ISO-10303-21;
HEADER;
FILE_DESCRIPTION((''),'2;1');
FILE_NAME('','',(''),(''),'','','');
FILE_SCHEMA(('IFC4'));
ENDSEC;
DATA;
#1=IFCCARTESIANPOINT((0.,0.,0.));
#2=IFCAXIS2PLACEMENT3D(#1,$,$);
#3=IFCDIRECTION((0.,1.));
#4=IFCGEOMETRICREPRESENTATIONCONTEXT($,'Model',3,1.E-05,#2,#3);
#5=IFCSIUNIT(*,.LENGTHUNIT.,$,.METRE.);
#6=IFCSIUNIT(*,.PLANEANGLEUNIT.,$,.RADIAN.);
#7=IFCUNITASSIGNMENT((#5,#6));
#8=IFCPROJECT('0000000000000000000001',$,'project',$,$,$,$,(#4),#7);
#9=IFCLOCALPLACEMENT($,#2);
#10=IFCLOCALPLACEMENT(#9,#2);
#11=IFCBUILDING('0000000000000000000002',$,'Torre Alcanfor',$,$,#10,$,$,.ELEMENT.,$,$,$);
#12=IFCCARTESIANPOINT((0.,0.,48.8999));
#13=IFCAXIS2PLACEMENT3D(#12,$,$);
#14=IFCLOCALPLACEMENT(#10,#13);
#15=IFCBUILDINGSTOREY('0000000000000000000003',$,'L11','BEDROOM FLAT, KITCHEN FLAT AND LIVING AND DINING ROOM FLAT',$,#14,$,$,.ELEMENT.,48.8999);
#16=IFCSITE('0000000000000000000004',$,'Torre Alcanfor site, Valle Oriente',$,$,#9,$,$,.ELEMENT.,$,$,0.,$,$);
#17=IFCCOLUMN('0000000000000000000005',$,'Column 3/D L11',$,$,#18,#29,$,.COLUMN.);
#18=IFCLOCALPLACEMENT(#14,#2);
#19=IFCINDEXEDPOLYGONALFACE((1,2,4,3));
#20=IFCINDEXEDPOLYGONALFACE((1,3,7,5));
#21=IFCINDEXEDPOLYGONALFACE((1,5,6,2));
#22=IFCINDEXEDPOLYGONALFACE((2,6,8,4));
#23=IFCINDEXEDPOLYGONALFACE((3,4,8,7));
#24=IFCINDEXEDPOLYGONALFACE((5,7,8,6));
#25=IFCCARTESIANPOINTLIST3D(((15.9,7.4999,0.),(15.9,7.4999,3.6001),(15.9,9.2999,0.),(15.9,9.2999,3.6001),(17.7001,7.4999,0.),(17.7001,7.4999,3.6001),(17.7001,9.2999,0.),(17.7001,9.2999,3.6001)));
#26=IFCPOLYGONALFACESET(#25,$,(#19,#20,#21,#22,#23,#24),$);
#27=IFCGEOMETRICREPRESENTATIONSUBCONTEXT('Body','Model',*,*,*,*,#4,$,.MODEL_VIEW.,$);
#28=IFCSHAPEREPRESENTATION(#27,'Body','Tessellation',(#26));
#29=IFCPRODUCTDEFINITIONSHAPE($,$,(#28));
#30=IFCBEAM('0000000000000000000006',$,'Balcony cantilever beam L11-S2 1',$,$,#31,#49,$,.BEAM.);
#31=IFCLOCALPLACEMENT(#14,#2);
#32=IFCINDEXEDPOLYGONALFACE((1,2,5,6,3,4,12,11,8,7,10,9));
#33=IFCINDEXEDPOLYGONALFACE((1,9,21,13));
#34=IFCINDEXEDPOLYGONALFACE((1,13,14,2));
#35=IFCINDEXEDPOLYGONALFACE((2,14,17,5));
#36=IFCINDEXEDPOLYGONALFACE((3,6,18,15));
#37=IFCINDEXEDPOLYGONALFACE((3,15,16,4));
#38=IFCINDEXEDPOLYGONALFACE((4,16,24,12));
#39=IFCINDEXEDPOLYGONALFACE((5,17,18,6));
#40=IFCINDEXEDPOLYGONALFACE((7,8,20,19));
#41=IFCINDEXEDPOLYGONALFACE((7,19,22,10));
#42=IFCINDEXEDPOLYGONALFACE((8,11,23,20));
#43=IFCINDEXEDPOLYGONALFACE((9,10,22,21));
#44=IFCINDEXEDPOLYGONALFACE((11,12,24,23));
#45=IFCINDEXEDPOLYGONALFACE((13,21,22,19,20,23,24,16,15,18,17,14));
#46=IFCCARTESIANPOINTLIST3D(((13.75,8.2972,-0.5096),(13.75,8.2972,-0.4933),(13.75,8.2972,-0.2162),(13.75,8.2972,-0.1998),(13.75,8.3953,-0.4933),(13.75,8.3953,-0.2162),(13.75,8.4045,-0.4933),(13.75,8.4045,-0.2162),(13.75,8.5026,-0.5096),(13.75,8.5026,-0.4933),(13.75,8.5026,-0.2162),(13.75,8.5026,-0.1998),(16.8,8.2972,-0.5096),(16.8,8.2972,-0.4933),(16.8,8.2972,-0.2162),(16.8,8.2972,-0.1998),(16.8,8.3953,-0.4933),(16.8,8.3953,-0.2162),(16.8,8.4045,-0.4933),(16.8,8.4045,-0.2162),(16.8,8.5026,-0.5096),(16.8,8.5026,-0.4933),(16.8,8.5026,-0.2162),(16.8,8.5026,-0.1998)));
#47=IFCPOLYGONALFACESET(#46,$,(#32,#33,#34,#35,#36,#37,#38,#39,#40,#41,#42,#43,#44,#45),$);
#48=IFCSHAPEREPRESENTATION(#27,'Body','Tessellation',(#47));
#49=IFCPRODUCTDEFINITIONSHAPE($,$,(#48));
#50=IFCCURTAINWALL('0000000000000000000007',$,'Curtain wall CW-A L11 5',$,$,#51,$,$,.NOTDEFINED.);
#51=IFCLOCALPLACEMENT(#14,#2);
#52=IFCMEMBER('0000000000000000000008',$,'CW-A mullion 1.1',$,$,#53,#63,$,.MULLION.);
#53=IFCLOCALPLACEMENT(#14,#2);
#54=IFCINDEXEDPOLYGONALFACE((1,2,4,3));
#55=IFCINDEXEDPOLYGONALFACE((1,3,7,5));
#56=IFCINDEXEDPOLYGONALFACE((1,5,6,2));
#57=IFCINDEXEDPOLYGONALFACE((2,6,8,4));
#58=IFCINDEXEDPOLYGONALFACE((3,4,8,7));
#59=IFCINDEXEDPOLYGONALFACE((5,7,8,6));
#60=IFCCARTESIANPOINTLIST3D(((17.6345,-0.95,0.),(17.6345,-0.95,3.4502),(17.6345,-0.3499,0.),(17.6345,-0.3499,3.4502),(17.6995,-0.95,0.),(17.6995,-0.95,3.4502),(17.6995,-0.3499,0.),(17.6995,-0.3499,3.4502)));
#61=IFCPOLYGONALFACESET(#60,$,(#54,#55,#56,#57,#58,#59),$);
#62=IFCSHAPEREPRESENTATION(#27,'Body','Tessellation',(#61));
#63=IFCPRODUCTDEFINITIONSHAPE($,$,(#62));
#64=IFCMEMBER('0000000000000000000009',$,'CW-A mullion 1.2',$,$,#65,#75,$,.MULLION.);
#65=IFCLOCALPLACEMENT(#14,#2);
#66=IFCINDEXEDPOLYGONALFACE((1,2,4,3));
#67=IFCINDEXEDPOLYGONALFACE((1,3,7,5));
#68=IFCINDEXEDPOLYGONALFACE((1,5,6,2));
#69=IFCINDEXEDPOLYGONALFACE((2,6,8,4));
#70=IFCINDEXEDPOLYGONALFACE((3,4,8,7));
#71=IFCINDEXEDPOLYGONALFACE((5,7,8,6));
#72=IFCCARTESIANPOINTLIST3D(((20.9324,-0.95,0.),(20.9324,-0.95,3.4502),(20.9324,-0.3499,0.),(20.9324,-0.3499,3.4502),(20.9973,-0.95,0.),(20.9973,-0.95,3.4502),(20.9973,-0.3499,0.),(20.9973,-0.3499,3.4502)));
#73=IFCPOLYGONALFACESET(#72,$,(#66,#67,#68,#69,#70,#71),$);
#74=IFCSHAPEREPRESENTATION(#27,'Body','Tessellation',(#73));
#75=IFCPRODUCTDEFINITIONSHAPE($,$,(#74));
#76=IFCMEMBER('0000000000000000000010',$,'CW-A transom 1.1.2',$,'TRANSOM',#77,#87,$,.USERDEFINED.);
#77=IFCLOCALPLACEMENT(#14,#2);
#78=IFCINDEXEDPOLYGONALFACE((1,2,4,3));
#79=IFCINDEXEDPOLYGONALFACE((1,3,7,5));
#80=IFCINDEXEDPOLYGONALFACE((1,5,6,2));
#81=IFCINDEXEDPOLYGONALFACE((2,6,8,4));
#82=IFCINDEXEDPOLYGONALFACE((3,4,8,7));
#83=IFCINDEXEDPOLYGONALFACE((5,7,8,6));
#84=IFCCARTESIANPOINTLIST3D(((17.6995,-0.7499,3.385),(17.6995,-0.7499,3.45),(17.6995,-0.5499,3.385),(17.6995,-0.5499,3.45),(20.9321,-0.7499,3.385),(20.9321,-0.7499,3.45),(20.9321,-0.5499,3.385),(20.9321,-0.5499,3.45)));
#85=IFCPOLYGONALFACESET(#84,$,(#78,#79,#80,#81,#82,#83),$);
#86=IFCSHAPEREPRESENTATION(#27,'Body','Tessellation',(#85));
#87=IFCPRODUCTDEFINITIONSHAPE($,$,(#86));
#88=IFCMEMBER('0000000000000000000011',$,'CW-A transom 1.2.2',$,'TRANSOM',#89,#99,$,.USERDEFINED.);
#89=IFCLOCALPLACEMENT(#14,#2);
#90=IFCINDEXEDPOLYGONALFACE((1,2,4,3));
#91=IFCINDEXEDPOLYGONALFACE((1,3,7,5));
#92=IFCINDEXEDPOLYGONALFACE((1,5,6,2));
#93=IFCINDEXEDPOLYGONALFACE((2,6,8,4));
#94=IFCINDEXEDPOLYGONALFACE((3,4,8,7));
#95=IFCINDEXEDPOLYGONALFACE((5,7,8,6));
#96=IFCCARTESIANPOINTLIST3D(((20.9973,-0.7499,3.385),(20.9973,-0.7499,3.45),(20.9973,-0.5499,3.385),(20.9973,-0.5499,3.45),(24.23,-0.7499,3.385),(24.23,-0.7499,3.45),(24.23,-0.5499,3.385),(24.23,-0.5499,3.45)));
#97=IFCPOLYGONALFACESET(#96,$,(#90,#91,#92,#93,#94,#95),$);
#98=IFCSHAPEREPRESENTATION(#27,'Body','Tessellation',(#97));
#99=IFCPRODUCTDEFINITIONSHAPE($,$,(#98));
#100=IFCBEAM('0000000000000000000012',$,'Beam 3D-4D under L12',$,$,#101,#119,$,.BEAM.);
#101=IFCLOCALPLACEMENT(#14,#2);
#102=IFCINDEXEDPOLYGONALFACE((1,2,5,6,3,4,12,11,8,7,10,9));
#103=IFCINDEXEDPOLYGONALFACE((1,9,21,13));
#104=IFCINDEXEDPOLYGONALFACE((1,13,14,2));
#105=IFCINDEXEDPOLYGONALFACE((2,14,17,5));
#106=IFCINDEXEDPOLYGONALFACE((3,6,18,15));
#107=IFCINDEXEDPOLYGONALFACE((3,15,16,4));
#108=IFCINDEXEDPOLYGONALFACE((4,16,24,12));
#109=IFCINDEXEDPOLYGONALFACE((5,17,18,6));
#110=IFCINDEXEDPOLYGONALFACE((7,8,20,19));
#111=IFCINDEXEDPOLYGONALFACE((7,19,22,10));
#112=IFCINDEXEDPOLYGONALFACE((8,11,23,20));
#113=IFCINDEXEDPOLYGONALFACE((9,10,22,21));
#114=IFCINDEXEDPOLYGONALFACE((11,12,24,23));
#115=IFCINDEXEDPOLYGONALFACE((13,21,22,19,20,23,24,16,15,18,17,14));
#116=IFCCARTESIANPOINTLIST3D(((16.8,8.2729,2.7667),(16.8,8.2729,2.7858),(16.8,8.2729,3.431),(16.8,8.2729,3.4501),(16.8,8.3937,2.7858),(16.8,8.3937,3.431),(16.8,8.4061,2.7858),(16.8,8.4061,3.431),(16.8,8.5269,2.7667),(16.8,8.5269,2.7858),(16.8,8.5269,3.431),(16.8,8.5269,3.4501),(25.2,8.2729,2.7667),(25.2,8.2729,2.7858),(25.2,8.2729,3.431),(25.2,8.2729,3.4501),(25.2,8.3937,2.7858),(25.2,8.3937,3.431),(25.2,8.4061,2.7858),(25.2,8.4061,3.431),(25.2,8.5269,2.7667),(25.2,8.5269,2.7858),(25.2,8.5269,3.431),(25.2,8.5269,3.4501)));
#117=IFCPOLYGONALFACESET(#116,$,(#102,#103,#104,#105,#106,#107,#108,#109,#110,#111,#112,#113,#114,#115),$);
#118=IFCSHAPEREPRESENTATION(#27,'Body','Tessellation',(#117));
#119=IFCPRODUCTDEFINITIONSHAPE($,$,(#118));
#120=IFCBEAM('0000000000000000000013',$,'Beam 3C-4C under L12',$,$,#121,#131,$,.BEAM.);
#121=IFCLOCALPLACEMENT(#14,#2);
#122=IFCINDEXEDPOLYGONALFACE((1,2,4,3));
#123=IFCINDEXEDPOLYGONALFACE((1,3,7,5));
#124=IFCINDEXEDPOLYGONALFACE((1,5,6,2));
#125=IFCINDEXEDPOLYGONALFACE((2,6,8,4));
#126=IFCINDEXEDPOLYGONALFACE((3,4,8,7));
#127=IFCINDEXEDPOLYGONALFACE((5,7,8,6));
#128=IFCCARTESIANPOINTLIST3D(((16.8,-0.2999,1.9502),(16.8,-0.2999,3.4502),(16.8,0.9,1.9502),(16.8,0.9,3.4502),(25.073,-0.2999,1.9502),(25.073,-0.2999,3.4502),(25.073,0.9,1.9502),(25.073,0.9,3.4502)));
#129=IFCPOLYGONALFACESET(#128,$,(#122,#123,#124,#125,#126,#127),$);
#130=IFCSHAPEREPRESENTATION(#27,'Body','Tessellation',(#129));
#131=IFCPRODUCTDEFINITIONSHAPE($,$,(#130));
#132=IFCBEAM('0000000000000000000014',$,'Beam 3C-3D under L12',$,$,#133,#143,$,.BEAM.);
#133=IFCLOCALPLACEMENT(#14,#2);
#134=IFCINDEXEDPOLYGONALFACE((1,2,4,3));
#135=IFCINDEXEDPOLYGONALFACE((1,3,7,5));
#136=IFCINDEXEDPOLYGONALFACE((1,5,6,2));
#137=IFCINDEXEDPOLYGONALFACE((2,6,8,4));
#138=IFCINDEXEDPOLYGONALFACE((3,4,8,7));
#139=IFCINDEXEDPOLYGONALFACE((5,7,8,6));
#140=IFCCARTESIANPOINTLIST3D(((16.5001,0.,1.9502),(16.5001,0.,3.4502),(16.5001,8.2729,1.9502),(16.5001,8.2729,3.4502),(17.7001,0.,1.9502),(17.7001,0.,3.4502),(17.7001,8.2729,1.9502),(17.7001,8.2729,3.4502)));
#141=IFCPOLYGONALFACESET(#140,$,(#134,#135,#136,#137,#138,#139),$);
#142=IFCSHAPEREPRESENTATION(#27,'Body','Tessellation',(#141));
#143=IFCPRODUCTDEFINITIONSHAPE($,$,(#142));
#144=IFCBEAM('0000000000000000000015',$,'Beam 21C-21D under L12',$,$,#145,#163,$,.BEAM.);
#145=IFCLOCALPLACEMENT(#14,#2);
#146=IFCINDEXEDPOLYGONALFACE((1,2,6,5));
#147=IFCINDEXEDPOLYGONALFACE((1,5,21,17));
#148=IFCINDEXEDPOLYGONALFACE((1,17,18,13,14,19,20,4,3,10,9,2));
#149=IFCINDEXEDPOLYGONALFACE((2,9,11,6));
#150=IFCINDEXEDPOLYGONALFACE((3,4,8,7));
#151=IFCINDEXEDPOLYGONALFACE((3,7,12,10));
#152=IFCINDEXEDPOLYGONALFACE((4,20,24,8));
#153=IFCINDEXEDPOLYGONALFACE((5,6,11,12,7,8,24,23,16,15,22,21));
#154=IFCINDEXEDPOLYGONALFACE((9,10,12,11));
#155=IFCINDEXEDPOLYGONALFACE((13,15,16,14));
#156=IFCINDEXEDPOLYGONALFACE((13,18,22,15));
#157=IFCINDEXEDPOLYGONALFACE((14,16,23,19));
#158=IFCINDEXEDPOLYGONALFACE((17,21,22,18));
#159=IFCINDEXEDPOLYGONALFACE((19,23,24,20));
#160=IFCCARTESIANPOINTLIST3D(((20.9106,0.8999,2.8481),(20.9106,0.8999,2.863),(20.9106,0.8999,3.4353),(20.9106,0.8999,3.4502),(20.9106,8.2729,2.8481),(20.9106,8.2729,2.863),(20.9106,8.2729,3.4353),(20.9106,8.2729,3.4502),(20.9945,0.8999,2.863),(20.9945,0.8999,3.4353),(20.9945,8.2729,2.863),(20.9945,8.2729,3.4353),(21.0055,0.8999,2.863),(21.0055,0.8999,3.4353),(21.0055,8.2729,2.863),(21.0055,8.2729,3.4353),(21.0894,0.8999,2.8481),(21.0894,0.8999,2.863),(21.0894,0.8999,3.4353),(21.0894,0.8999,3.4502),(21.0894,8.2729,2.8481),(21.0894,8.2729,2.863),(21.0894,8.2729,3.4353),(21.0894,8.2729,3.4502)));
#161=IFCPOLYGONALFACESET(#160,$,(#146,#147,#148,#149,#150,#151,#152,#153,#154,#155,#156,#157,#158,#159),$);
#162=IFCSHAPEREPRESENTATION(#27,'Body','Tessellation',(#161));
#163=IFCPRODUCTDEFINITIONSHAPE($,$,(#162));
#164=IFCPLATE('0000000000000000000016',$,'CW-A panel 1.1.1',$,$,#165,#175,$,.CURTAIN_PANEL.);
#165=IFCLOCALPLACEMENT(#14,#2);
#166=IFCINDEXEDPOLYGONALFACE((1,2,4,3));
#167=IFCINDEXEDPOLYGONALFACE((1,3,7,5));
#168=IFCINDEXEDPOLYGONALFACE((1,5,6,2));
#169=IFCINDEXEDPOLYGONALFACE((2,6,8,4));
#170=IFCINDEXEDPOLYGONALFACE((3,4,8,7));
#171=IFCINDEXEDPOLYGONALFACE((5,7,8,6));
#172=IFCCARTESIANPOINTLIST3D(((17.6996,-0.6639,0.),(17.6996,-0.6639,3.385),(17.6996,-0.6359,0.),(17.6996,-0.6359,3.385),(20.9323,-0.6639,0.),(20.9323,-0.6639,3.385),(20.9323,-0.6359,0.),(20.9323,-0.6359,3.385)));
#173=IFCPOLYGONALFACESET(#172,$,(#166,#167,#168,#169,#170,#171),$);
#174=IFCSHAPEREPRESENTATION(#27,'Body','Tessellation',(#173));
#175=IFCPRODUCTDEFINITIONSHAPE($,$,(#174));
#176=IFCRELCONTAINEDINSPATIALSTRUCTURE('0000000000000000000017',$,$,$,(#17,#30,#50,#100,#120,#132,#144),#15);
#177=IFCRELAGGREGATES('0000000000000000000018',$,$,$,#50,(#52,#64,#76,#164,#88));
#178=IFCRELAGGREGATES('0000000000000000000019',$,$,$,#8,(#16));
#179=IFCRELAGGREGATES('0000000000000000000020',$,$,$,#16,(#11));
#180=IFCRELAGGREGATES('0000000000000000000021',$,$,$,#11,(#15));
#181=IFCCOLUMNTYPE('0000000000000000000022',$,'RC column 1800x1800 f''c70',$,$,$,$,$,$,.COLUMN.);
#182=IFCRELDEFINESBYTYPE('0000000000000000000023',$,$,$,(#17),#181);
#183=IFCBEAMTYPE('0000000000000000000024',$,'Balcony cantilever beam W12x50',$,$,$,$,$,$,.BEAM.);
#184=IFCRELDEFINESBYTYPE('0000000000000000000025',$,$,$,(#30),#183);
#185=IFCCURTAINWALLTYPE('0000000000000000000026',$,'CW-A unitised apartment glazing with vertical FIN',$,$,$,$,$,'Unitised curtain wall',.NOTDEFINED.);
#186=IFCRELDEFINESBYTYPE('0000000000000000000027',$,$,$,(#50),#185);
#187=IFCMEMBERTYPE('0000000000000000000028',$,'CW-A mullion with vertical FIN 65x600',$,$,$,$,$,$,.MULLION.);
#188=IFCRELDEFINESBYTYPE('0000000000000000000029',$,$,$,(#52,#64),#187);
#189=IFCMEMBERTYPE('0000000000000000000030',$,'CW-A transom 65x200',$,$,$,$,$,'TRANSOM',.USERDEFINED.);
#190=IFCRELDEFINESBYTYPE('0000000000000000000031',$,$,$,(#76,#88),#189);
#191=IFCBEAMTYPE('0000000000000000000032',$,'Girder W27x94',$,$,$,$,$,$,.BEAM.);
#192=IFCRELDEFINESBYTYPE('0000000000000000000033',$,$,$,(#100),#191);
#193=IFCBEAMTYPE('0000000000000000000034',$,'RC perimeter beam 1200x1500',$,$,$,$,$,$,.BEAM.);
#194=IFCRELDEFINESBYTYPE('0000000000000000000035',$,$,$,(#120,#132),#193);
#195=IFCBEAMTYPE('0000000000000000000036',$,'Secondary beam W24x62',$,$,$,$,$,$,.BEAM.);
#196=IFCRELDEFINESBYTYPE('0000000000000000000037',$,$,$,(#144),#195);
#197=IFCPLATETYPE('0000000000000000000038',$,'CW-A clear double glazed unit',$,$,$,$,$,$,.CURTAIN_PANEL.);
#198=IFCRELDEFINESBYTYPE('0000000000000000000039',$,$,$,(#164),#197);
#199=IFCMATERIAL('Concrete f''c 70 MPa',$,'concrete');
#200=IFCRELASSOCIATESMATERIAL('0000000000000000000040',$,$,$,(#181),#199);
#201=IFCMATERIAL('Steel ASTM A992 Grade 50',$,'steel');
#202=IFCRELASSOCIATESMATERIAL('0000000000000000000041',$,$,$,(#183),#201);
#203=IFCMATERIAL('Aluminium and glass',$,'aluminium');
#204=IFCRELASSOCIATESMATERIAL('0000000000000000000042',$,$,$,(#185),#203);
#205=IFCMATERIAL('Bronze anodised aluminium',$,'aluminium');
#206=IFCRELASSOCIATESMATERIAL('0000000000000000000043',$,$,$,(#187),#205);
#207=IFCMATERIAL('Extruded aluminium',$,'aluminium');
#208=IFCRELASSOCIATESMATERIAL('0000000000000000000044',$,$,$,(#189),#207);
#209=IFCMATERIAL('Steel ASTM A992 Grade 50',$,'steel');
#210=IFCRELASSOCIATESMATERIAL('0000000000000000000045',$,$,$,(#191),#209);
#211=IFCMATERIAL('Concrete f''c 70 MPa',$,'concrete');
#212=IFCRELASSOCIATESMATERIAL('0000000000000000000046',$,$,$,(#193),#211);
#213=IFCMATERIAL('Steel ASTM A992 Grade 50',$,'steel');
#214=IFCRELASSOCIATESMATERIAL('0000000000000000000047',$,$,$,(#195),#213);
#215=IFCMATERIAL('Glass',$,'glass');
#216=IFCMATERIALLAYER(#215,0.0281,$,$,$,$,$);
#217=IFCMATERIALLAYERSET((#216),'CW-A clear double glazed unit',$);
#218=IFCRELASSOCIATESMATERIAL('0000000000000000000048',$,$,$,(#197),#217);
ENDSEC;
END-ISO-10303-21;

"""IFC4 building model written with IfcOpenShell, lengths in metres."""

from ifc_helpers import new_model, si_unit, direction, frame, origin, origin_2d, place, context, subcontext, project, spatial, rectangle, i_section, extrude, material, layer, layer_set, material_profile, profile_set, type_object, element, aggregate, save


model = new_model("IFC4")

# Units and contexts
model_context = context("Model", 3, precision=1e-05, world=origin(), true_north=direction((0.0, 1.0)))
body_context = subcontext(model_context, "Body", "Model", "MODEL_VIEW")
ifc_project = project(units=[si_unit("LENGTHUNIT", "METRE"), si_unit("PLANEANGLEUNIT", "RADIAN")], contexts=[model_context])

# Site, building, storey
site_placement = place(None, origin())
site = spatial("IfcSite", under=ifc_project, at=site_placement, Name="Torre Alcanfor site, Valle Oriente", CompositionType="ELEMENT", RefElevation=0.0)
building_placement = place(site_placement, origin())
building = spatial("IfcBuilding", under=site, at=building_placement, Name="Torre Alcanfor", CompositionType="ELEMENT")
storey_placement = place(building_placement, frame((0.0, 0.0, 48.8999)))
storey = spatial("IfcBuildingStorey", under=building, at=storey_placement, Name="L11", Description="BEDROOM FLAT, KITCHEN FLAT AND LIVING AND DINING ROOM FLAT", CompositionType="ELEMENT", Elevation=48.8999)

# Column
ifc_material_1 = material(Name="Concrete f'c 70 MPa", Category="concrete")
ifc_material_profile_1 = material_profile(ifc_material_1, rectangle(XDim=1.8, YDim=1.8, at=origin_2d()), Name="1800x1800")
ifc_profile_set_1 = profile_set([ifc_material_profile_1], Name="Concrete f'c 70 MPa")
column_type = type_object("IfcColumnType", Name="RC column 1800x1800 f'c70", PredefinedType="COLUMN", material=ifc_profile_set_1)
column_placement = place(storey_placement, frame((16.8, 8.3999, 0.0), z_axis=(0.0, 0.0, 1.0), x_axis=(1.0, 0.0, 0.0)))
element("IfcColumn", 1, at=column_placement, inside=storey, type_object=column_type, Name="Column 3/D L11", PredefinedType="COLUMN", context=body_context, shape_type="SweptSolid", body=[
    extrude(rectangle(XDim=1.8, YDim=1.8, at=origin_2d()), origin(), (0.0, 0.0, 1.0), 3.6001),
])

# Beam
ifc_material_2 = material(Name="Steel ASTM A992 Grade 50", Category="steel")
ifc_material_profile_2 = material_profile(ifc_material_2, i_section(OverallWidth=0.2053, OverallDepth=0.3098, WebThickness=0.0093, FlangeThickness=0.0164, at=origin_2d()), Name="W12x50")
ifc_profile_set_2 = profile_set([ifc_material_profile_2], Name="Steel ASTM A992 Grade 50")
beam_type_1 = type_object("IfcBeamType", Name="Balcony cantilever beam W12x50", PredefinedType="BEAM", material=ifc_profile_set_2)
beam_1_placement = place(storey_placement, frame((16.8, 8.3999, -0.3547), z_axis=(-1.0, 0.0, 0.0), x_axis=(0.0, -1.0, 0.0)))
element("IfcBeam", 2, at=beam_1_placement, inside=storey, type_object=beam_type_1, Name="Balcony cantilever beam L11-S2 1", PredefinedType="BEAM", context=body_context, shape_type="SweptSolid", body=[
    extrude(i_section(OverallWidth=0.2053, OverallDepth=0.3098, WebThickness=0.0093, FlangeThickness=0.0164, at=origin_2d()), origin(), (0.0, 0.0, 1.0), 3.05),
])

# Curtain wall, members
ifc_material_3 = material(Name="Aluminium and glass", Category="aluminium")
curtain_wall_type = type_object("IfcCurtainWallType", Name="CW-A unitised apartment glazing with vertical FIN", ElementType="Unitised curtain wall", PredefinedType="NOTDEFINED", material=ifc_material_3)
curtain_wall_placement = place(storey_placement, origin())
curtain_wall = element("IfcCurtainWall", 3, at=curtain_wall_placement, inside=storey, type_object=curtain_wall_type, Name="Curtain wall CW-A L11 5", PredefinedType="NOTDEFINED")
ifc_material_4 = material(Name="Bronze anodised aluminium", Category="aluminium")
ifc_material_profile_3 = material_profile(ifc_material_4, rectangle(XDim=0.6001, YDim=0.0649, at=origin_2d()), Name="CW-A mullion 65x600")
ifc_profile_set_3 = profile_set([ifc_material_profile_3], Name="Bronze anodised aluminium")
member_type_1 = type_object("IfcMemberType", Name="CW-A mullion with vertical FIN 65x600", PredefinedType="MULLION", material=ifc_profile_set_3)
member_1_placement = place(storey_placement, frame((17.667, -0.6499, 0.0), z_axis=(0.0, 0.0, 1.0), x_axis=(0.0, 1.0, 0.0)))
member_1 = element("IfcMember", 4, at=member_1_placement, type_object=member_type_1, Name="CW-A mullion 1.1", PredefinedType="MULLION", context=body_context, shape_type="SweptSolid", body=[
    extrude(rectangle(XDim=0.6001, YDim=0.0649, at=origin_2d()), origin(), (0.0, 0.0, 1.0), 3.4502),
])
member_2_placement = place(storey_placement, frame((20.9648, -0.6499, 0.0), z_axis=(0.0, 0.0, 1.0), x_axis=(0.0, 1.0, 0.0)))
member_2 = element("IfcMember", 5, at=member_2_placement, type_object=member_type_1, Name="CW-A mullion 1.2", PredefinedType="MULLION", context=body_context, shape_type="SweptSolid", body=[
    extrude(rectangle(XDim=0.6001, YDim=0.0649, at=origin_2d()), origin(), (0.0, 0.0, 1.0), 3.4502),
])
ifc_material_5 = material(Name="Extruded aluminium", Category="aluminium")
ifc_material_profile_4 = material_profile(ifc_material_5, rectangle(XDim=0.2, YDim=0.0649, at=origin_2d()), Name="CW-A transom 200x65")
ifc_profile_set_4 = profile_set([ifc_material_profile_4], Name="Extruded aluminium")
member_type_2 = type_object("IfcMemberType", Name="CW-A transom 65x200", ElementType="TRANSOM", PredefinedType="USERDEFINED", material=ifc_profile_set_4)
member_3_placement = place(storey_placement, frame((17.6995, -0.6499, 3.4175), z_axis=(1.0, 0.0, 0.0), x_axis=(0.0, 1.0, 0.0)))
member_3 = element("IfcMember", 6, at=member_3_placement, type_object=member_type_2, Name="CW-A transom 1.1.2", ObjectType="TRANSOM", PredefinedType="USERDEFINED", context=body_context, shape_type="SweptSolid", body=[
    extrude(rectangle(XDim=0.2, YDim=0.0649, at=origin_2d()), origin(), (0.0, 0.0, 1.0), 3.2327),
])
member_4_placement = place(storey_placement, frame((20.9973, -0.6499, 3.4175), z_axis=(1.0, 0.0, 0.0), x_axis=(0.0, 1.0, 0.0)))
member_4 = element("IfcMember", 7, at=member_4_placement, type_object=member_type_2, Name="CW-A transom 1.2.2", ObjectType="TRANSOM", PredefinedType="USERDEFINED", context=body_context, shape_type="SweptSolid", body=[
    extrude(rectangle(XDim=0.2, YDim=0.0649, at=origin_2d()), origin(), (0.0, 0.0, 1.0), 3.2327),
])

# Beams
ifc_material_6 = material(Name="Steel ASTM A992 Grade 50", Category="steel")
ifc_material_profile_5 = material_profile(ifc_material_6, i_section(OverallWidth=0.2539, OverallDepth=0.6833, WebThickness=0.0125, FlangeThickness=0.019, at=origin_2d()), Name="W27x94")
ifc_profile_set_5 = profile_set([ifc_material_profile_5], Name="Steel ASTM A992 Grade 50")
beam_type_2 = type_object("IfcBeamType", Name="Girder W27x94", PredefinedType="BEAM", material=ifc_profile_set_5)
beam_2_placement = place(storey_placement, frame((16.8, 8.3999, 3.1084), z_axis=(1.0, 0.0, 0.0), x_axis=(0.0, 1.0, 0.0)))
element("IfcBeam", 8, at=beam_2_placement, inside=storey, type_object=beam_type_2, Name="Beam 3D-4D under L12", PredefinedType="BEAM", context=body_context, shape_type="SweptSolid", body=[
    extrude(i_section(OverallWidth=0.2539, OverallDepth=0.6833, WebThickness=0.0125, FlangeThickness=0.019, at=origin_2d()), origin(), (0.0, 0.0, 1.0), 8.3999),
])
ifc_material_7 = material(Name="Concrete f'c 70 MPa", Category="concrete")
ifc_material_profile_6 = material_profile(ifc_material_7, rectangle(XDim=1.2, YDim=1.5, at=origin_2d()), Name="1200x1500")
ifc_profile_set_6 = profile_set([ifc_material_profile_6], Name="Concrete f'c 70 MPa")
beam_type_3 = type_object("IfcBeamType", Name="RC perimeter beam 1200x1500", PredefinedType="BEAM", material=ifc_profile_set_6)
for number, where, z_axis, x_axis, name in (
    (9, (16.8, 0.3, 2.7002), (1.0, 0.0, 0.0), (0.0, 1.0, 0.0), "Beam 3C-4C under L12"),
    (10, (17.1001, 0.0, 2.7002), (0.0, 1.0, 0.0), (-1.0, 0.0, 0.0), "Beam 3C-3D under L12"),
):
    element("IfcBeam", number, at=place(storey_placement, frame(where, z_axis=z_axis, x_axis=x_axis)), inside=storey, type_object=beam_type_3, Name=name, PredefinedType="BEAM", context=body_context, shape_type="SweptSolid", body=[
        extrude(rectangle(XDim=1.2, YDim=1.5, at=origin_2d()), origin(), (0.0, 0.0, 1.0), 8.2729),
    ])
ifc_material_8 = material(Name="Steel ASTM A992 Grade 50", Category="steel")
ifc_material_profile_7 = material_profile(ifc_material_8, i_section(OverallWidth=0.1787, OverallDepth=0.6021, WebThickness=0.011, FlangeThickness=0.0149, at=origin_2d()), Name="W24x62")
ifc_profile_set_7 = profile_set([ifc_material_profile_7], Name="Steel ASTM A992 Grade 50")
beam_type_4 = type_object("IfcBeamType", Name="Secondary beam W24x62", PredefinedType="BEAM", material=ifc_profile_set_7)
beam_3_placement = place(storey_placement, frame((21.0, 0.8999, 3.1492), z_axis=(0.0, 1.0, 0.0), x_axis=(-1.0, 0.0, 0.0)))
element("IfcBeam", 11, at=beam_3_placement, inside=storey, type_object=beam_type_4, Name="Beam 21C-21D under L12", PredefinedType="BEAM", context=body_context, shape_type="SweptSolid", body=[
    extrude(i_section(OverallWidth=0.1787, OverallDepth=0.6021, WebThickness=0.011, FlangeThickness=0.0149, at=origin_2d()), origin(), (0.0, 0.0, 1.0), 7.373),
])

# Plate
ifc_material_9 = material(Name="Glass", Category="glass")
ifc_layer_1 = layer(ifc_material_9, 0.0281)
ifc_layer_set_1 = layer_set([ifc_layer_1], Name="CW-A clear double glazed unit")
plate_type = type_object("IfcPlateType", Name="CW-A clear double glazed unit", PredefinedType="CURTAIN_PANEL", material=ifc_layer_set_1)
plate_1_placement = place(storey_placement, frame((19.3159, -0.6499, 0.0), z_axis=(0.0, 0.0, 1.0), x_axis=(1.0, 0.0, 0.0)))
plate_1 = element("IfcPlate", 12, at=plate_1_placement, type_object=plate_type, Name="CW-A panel 1.1.1", PredefinedType="CURTAIN_PANEL", context=body_context, shape_type="SweptSolid", body=[
    extrude(rectangle(XDim=3.2327, YDim=0.0281, at=origin_2d()), origin(), (0.0, 0.0, 1.0), 3.385),
])
aggregate(curtain_wall, [member_1, member_2, member_3, plate_1, member_4])

save(model, "model.ifc")
